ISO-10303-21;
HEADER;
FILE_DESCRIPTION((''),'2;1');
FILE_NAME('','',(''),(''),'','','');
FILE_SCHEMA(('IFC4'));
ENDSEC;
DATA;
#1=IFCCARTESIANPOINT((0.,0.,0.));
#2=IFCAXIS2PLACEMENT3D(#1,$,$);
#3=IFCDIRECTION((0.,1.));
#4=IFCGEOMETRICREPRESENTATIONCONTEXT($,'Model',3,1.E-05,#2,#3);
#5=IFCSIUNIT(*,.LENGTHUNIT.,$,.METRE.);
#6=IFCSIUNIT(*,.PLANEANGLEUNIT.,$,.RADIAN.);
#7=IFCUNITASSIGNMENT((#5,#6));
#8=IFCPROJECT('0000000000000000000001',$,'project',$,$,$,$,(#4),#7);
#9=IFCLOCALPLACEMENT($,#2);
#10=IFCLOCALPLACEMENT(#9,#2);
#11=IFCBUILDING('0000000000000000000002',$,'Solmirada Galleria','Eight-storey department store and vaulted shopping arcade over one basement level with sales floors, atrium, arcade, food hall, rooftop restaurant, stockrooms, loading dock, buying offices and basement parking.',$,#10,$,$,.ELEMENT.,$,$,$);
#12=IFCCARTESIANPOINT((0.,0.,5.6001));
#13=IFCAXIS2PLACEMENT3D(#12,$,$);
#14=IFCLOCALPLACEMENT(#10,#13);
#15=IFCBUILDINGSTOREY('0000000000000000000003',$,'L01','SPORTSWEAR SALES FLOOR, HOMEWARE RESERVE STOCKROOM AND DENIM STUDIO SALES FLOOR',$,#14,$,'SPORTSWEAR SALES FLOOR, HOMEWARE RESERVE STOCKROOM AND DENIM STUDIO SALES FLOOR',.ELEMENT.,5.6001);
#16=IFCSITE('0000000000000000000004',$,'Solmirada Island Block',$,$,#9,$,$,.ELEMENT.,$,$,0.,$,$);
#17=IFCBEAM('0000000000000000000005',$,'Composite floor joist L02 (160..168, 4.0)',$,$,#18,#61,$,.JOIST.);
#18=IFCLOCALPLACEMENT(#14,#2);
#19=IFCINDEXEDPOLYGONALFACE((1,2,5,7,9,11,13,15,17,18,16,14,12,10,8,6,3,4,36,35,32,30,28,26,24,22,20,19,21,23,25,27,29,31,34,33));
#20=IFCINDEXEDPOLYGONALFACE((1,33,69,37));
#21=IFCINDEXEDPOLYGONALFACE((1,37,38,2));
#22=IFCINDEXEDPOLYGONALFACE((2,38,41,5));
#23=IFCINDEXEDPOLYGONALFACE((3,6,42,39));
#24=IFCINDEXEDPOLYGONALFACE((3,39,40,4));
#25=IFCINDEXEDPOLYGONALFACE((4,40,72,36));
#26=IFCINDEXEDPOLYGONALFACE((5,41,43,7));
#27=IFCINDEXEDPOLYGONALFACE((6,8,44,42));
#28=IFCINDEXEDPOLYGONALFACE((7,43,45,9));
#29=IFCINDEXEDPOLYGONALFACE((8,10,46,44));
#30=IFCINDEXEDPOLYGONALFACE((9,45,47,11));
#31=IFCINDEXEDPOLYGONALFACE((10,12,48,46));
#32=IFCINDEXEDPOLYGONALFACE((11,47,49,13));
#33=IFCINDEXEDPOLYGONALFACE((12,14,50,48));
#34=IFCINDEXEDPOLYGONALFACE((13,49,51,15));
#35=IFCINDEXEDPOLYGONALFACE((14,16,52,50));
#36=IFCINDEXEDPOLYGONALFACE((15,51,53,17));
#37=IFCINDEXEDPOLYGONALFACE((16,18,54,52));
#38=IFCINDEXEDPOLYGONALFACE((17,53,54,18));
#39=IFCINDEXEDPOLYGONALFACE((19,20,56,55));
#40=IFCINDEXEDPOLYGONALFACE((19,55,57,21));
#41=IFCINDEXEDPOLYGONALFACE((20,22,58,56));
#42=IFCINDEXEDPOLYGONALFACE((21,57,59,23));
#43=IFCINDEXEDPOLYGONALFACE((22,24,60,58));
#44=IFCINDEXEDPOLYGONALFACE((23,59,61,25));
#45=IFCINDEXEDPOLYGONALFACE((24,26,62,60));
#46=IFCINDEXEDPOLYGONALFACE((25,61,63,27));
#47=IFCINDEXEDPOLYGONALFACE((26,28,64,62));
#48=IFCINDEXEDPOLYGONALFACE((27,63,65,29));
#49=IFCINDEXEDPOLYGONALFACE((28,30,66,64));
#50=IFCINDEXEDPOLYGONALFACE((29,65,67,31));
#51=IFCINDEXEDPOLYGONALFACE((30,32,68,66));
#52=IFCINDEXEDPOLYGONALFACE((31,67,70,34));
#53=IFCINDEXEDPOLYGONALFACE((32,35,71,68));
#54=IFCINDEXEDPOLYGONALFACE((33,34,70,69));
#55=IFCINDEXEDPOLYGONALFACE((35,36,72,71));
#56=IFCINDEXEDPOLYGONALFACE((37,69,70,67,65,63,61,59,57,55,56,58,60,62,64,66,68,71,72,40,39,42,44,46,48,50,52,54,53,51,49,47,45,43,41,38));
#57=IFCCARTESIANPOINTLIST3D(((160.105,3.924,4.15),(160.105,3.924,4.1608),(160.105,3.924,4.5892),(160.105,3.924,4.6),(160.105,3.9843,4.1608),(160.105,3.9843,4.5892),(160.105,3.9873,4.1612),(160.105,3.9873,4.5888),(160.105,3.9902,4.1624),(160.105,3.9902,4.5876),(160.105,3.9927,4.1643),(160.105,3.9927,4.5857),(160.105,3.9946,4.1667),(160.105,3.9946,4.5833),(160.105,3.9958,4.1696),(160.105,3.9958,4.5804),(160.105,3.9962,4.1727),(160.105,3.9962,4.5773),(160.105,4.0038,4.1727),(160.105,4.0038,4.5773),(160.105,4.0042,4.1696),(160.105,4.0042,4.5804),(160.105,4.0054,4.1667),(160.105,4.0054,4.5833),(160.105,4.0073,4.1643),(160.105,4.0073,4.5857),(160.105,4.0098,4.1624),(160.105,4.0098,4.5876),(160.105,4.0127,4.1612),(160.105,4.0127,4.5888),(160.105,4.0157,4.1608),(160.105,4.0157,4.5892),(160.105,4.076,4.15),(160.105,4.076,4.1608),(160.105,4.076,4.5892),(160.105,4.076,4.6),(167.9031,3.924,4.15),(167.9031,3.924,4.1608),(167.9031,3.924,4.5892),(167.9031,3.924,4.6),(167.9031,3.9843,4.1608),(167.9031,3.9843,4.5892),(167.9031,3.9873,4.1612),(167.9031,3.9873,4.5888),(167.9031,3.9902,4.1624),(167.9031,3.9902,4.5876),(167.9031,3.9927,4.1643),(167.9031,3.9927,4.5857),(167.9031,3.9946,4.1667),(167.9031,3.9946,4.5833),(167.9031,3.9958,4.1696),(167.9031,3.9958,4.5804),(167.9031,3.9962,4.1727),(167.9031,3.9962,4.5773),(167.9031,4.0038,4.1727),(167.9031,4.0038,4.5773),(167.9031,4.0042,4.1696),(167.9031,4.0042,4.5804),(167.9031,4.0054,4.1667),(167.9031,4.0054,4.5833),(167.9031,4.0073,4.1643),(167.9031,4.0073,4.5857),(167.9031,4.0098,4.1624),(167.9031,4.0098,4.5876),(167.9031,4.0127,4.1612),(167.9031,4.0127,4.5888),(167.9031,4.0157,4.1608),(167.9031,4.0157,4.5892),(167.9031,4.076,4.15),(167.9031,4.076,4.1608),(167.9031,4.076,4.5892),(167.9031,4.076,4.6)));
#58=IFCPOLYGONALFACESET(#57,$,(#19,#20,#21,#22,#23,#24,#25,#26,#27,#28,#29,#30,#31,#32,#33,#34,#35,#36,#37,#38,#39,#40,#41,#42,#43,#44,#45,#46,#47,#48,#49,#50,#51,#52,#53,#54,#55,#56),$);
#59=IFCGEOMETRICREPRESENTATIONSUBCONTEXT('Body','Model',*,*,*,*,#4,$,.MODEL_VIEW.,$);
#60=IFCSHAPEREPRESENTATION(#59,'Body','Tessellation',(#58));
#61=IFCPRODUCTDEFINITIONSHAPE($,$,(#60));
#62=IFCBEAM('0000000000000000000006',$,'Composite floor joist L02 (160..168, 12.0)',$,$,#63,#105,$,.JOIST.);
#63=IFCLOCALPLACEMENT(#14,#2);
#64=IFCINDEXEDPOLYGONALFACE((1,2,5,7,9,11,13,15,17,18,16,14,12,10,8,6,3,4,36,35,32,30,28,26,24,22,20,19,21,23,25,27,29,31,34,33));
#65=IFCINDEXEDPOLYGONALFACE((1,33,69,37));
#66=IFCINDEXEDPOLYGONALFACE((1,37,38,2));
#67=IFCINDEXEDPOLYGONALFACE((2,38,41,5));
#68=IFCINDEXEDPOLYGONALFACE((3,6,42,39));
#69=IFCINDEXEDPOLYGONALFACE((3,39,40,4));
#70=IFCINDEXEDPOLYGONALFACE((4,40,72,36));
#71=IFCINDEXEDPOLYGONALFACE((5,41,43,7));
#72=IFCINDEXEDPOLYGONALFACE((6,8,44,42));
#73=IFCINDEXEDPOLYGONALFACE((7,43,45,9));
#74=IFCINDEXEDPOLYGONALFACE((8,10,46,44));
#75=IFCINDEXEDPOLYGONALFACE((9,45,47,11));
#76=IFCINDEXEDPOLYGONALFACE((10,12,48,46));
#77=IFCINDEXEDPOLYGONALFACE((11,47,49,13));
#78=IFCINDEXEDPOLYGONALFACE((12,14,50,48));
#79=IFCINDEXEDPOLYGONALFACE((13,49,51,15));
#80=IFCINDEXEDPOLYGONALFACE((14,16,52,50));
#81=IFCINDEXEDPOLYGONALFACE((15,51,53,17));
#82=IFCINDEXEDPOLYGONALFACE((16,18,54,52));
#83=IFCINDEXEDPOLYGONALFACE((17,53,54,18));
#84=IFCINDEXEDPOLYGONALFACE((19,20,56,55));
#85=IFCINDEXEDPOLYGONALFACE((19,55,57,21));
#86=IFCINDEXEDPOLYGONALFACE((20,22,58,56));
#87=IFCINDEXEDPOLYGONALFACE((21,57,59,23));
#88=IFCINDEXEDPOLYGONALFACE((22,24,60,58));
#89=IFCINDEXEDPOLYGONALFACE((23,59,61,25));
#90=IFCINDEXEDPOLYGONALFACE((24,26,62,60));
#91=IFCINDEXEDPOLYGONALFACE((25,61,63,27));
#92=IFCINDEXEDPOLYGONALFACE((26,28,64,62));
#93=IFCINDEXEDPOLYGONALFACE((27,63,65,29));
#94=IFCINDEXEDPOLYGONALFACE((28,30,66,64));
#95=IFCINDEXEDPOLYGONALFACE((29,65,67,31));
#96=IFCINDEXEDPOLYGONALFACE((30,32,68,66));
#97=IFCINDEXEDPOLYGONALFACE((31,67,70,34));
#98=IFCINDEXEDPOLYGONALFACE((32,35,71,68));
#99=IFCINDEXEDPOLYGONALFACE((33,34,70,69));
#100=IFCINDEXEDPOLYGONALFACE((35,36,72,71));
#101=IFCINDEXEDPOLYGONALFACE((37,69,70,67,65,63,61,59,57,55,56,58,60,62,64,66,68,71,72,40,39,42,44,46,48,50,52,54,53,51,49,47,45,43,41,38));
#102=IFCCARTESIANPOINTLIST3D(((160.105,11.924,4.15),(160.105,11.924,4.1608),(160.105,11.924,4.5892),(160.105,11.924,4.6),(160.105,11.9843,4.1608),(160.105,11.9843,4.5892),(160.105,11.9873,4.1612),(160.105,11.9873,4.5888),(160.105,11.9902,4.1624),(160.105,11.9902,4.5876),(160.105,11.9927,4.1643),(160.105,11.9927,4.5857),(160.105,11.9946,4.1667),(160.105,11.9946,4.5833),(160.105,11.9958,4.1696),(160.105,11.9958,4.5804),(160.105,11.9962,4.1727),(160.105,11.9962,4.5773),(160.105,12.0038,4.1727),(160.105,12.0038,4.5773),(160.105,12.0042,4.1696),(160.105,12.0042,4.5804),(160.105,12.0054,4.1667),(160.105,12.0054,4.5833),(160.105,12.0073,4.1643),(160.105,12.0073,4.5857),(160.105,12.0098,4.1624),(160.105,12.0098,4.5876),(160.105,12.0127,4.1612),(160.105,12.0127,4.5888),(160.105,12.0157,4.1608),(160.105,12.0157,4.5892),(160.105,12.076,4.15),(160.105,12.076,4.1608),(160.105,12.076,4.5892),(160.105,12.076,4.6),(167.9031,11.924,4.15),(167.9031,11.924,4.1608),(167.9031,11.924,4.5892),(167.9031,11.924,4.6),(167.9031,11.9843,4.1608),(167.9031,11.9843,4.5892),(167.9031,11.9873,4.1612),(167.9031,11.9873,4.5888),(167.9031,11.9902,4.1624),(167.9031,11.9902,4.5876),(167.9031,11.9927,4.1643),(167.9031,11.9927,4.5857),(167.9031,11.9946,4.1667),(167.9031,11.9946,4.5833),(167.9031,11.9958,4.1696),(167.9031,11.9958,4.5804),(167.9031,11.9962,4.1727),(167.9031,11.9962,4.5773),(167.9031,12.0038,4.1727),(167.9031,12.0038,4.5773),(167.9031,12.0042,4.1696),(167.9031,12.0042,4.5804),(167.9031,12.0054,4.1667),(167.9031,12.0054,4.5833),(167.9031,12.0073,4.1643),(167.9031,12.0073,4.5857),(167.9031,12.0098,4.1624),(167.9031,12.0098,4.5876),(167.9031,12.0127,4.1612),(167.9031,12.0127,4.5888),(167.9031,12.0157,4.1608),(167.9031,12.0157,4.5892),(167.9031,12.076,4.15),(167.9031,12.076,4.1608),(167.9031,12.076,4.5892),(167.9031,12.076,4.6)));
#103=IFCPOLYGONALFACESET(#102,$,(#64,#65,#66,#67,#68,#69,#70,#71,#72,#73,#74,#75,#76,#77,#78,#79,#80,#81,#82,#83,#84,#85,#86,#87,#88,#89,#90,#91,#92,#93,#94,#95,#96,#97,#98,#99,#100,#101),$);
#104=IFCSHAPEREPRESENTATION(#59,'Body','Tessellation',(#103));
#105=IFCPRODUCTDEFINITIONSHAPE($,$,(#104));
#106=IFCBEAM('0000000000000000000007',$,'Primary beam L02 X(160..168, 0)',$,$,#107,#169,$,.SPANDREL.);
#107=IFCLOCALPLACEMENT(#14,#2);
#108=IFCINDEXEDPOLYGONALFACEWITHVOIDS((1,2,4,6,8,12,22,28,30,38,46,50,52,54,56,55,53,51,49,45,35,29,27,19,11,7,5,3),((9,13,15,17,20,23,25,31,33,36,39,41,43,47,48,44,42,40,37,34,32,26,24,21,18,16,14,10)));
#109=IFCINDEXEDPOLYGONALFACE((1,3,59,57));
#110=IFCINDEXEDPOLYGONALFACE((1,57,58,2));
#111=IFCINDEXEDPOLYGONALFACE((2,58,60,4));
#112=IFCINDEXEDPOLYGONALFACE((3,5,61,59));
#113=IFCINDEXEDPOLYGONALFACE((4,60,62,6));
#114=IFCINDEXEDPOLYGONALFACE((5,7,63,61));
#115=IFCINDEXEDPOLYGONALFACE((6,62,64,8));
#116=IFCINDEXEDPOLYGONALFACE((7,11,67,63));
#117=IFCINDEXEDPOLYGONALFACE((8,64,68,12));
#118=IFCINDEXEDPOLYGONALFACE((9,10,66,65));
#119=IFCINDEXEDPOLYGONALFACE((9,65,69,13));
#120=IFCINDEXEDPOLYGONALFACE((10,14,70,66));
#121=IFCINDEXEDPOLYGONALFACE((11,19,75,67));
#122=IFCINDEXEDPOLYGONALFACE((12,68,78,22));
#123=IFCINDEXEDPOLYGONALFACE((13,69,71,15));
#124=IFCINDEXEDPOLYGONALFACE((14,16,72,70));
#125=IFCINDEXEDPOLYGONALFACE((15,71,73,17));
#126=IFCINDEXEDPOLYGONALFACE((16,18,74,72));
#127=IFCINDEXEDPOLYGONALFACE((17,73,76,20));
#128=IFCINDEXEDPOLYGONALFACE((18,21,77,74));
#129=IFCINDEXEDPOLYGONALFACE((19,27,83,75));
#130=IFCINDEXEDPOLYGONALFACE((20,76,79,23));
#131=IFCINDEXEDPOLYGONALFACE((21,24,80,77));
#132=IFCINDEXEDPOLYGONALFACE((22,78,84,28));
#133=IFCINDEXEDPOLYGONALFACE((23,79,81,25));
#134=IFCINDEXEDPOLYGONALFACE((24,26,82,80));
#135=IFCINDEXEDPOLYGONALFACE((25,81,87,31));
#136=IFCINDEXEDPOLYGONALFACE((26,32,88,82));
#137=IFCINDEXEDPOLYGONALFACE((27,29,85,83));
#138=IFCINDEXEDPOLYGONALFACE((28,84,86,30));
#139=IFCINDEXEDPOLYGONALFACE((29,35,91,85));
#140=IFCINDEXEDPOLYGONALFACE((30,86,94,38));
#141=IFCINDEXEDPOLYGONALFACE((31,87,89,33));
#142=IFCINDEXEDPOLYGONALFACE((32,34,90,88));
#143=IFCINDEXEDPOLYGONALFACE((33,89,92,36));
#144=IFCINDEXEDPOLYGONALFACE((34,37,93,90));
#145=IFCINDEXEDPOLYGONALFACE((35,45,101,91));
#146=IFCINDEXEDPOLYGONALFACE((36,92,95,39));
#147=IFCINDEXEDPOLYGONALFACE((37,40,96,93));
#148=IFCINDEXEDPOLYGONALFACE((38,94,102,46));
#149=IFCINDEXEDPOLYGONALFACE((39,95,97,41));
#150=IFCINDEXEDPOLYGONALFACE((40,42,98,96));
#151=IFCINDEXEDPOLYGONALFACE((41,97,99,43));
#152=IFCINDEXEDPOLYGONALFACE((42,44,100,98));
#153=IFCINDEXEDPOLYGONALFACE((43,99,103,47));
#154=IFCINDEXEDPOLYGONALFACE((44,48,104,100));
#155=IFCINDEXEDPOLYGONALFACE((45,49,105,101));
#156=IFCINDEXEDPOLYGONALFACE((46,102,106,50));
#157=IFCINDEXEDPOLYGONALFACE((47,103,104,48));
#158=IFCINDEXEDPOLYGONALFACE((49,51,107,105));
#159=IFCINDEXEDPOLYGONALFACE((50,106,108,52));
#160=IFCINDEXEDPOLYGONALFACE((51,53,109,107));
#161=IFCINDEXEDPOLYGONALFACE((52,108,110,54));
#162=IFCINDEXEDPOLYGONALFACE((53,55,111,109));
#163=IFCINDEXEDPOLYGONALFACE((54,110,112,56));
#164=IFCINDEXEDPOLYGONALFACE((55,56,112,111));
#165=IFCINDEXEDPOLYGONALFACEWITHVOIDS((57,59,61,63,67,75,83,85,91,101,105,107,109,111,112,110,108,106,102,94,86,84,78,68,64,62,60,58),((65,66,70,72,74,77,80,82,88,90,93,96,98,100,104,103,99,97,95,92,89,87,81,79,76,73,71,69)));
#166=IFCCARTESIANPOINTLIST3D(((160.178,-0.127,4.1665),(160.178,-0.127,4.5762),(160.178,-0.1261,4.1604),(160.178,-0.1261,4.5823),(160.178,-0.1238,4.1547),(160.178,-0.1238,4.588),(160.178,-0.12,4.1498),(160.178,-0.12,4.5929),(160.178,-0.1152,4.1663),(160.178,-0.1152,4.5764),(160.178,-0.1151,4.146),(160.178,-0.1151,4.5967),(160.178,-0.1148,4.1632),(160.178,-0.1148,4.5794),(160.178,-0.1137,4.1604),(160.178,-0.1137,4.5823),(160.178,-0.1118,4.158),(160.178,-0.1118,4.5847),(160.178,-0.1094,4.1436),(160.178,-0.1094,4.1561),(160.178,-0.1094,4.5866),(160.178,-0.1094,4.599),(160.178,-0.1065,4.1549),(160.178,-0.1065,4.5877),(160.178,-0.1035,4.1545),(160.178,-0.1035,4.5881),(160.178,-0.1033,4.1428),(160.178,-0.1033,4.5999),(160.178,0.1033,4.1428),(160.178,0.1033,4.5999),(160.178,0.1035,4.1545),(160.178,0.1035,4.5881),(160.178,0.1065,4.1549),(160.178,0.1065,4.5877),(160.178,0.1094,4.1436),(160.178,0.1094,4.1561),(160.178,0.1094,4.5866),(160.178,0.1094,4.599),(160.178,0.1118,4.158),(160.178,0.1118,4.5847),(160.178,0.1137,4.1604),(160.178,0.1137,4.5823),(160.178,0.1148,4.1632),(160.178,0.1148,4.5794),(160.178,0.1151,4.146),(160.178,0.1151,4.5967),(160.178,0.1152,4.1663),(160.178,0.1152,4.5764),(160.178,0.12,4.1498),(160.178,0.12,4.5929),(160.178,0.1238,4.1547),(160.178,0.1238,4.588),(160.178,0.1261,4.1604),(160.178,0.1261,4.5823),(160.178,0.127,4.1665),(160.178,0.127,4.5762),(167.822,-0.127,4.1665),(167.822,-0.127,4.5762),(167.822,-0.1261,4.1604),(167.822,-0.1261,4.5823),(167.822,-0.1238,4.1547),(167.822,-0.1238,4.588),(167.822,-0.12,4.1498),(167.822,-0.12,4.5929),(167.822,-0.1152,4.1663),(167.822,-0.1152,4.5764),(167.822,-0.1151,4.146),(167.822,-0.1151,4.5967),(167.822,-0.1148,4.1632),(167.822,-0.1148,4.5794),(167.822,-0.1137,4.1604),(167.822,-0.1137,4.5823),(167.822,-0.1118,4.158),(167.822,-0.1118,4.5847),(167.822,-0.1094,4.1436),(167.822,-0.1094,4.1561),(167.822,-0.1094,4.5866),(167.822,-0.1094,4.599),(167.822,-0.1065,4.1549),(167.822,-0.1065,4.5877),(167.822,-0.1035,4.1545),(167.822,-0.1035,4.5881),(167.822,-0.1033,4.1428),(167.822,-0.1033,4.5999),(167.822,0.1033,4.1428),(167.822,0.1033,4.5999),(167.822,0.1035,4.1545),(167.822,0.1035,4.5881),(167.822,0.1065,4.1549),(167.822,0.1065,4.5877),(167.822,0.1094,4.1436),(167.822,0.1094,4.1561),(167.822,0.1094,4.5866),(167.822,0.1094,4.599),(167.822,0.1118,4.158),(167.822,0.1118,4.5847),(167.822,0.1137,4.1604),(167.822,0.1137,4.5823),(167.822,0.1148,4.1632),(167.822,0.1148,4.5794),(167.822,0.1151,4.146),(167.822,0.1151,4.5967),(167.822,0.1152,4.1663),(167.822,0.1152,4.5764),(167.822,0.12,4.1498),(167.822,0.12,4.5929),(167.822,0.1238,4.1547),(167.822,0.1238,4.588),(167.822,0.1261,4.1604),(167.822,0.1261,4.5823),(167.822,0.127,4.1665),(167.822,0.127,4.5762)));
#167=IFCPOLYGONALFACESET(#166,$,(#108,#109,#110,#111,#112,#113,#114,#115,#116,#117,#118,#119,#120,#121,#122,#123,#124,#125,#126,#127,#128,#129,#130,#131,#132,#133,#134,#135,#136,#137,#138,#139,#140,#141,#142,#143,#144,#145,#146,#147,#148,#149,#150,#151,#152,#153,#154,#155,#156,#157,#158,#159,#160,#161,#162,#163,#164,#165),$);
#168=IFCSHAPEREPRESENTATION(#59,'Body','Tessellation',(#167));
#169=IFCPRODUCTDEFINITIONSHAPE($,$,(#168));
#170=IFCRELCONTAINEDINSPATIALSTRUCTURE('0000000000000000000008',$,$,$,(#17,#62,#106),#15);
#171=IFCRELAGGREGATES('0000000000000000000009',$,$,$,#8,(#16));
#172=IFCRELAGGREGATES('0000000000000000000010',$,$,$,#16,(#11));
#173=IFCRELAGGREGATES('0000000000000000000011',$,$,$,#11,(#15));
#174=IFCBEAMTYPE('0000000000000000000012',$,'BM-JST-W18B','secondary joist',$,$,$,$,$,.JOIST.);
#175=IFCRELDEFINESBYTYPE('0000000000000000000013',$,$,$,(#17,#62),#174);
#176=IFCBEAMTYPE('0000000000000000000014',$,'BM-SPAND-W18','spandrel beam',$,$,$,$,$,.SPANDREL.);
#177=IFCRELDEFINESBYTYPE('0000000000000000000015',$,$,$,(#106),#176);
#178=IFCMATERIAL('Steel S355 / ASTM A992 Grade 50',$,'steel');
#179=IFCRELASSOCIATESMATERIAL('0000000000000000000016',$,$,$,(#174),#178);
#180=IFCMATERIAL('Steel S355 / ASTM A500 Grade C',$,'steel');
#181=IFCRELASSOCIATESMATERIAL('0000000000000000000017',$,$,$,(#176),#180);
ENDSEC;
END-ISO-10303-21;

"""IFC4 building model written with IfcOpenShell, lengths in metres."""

from ifc_helpers import new_model, si_unit, direction, frame, origin, origin_2d, place, context, subcontext, project, spatial, hollow_rectangle, i_section, extrude, material, material_profile, profile_set, type_object, element, save


model = new_model("IFC4")

# Units and contexts
model_context = context("Model", 3, precision=1e-05, world=origin(), true_north=direction((0.0, 1.0)))
body_context = subcontext(model_context, "Body", "Model", "MODEL_VIEW")
ifc_project = project(units=[si_unit("LENGTHUNIT", "METRE"), si_unit("PLANEANGLEUNIT", "RADIAN")], contexts=[model_context])

# Site, building, storey
site_placement = place(None, origin())
site = spatial("IfcSite", under=ifc_project, at=site_placement, Name="Solmirada Island Block", CompositionType="ELEMENT", RefElevation=0.0)
building_placement = place(site_placement, origin())
building = spatial("IfcBuilding", under=site, at=building_placement, Name="Solmirada Galleria", Description="Eight-storey department store and vaulted shopping arcade over one basement level with sales floors, atrium, arcade, food hall, rooftop restaurant, stockrooms, loading dock, buying offices and basement parking.", CompositionType="ELEMENT")
storey_placement = place(building_placement, frame((0.0, 0.0, 5.6001)))
storey = spatial("IfcBuildingStorey", under=building, at=storey_placement, Name="L01", Description="SPORTSWEAR SALES FLOOR, HOMEWARE RESERVE STOCKROOM AND DENIM STUDIO SALES FLOOR", LongName="SPORTSWEAR SALES FLOOR, HOMEWARE RESERVE STOCKROOM AND DENIM STUDIO SALES FLOOR", CompositionType="ELEMENT", Elevation=5.6001)

# Shared definitions
ifc_material_1 = material(Name="Steel S355 / ASTM A500 Grade C", Category="steel")

# Beams
ifc_material_2 = material(Name="Steel S355 / ASTM A992 Grade 50", Category="steel")
ifc_material_profile_1 = material_profile(ifc_material_2, i_section(OverallWidth=0.1521, OverallDepth=0.45, WebThickness=0.0076, FlangeThickness=0.0107, FilletRadius=0.012, at=origin_2d()), Name="W18X35")
ifc_profile_set_1 = profile_set([ifc_material_profile_1], Name="Steel S355 / ASTM A992 Grade 50")
beam_type_1 = type_object("IfcBeamType", Name="BM-JST-W18B", Description="secondary joist", PredefinedType="JOIST", material=ifc_profile_set_1)
for number, where, z_axis, x_axis, name in (
    (1, (160.105, 4.0, 4.375), (1.0, 0.0, 0.0), (0.0, 1.0, 0.0), "Composite floor joist L02 (160..168, 4.0)"),
    (2, (160.105, 12.0, 4.375), (1.0, 0.0, 0.0), (0.0, 1.0, 0.0), "Composite floor joist L02 (160..168, 12.0)"),
):
    element("IfcBeam", number, at=place(storey_placement, frame(where, z_axis=z_axis, x_axis=x_axis)), inside=storey, type_object=beam_type_1, Name=name, PredefinedType="JOIST", context=body_context, shape_type="SweptSolid", body=[
        extrude(i_section(OverallWidth=0.1521, OverallDepth=0.45, WebThickness=0.0076, FlangeThickness=0.0107, FilletRadius=0.012, at=origin_2d()), origin(), (0.0, 0.0, 1.0), 7.7981),
    ])
ifc_material_profile_2 = material_profile(ifc_material_1, hollow_rectangle(XDim=0.2539, YDim=0.457, WallThickness=0.0117, InnerFilletRadius=0.0117, OuterFilletRadius=0.0237, at=origin_2d()), Name="HSS18X10X1/2")
ifc_profile_set_2 = profile_set([ifc_material_profile_2], Name="Steel S355 / ASTM A500 Grade C")
beam_type_2 = type_object("IfcBeamType", Name="BM-SPAND-W18", Description="spandrel beam", PredefinedType="SPANDREL", material=ifc_profile_set_2)
beam_placement = place(storey_placement, frame((160.178, 0.0, 4.3713), z_axis=(1.0, 0.0, 0.0), x_axis=(0.0, 1.0, 0.0)))
element("IfcBeam", 3, at=beam_placement, inside=storey, type_object=beam_type_2, Name="Primary beam L02 X(160..168, 0)", PredefinedType="SPANDREL", context=body_context, shape_type="SweptSolid", body=[
    extrude(hollow_rectangle(XDim=0.2539, YDim=0.457, WallThickness=0.0117, InnerFilletRadius=0.0117, OuterFilletRadius=0.0237, at=origin_2d()), origin(), (0.0, 0.0, 1.0), 7.644),
])

save(model, "model.ifc")
